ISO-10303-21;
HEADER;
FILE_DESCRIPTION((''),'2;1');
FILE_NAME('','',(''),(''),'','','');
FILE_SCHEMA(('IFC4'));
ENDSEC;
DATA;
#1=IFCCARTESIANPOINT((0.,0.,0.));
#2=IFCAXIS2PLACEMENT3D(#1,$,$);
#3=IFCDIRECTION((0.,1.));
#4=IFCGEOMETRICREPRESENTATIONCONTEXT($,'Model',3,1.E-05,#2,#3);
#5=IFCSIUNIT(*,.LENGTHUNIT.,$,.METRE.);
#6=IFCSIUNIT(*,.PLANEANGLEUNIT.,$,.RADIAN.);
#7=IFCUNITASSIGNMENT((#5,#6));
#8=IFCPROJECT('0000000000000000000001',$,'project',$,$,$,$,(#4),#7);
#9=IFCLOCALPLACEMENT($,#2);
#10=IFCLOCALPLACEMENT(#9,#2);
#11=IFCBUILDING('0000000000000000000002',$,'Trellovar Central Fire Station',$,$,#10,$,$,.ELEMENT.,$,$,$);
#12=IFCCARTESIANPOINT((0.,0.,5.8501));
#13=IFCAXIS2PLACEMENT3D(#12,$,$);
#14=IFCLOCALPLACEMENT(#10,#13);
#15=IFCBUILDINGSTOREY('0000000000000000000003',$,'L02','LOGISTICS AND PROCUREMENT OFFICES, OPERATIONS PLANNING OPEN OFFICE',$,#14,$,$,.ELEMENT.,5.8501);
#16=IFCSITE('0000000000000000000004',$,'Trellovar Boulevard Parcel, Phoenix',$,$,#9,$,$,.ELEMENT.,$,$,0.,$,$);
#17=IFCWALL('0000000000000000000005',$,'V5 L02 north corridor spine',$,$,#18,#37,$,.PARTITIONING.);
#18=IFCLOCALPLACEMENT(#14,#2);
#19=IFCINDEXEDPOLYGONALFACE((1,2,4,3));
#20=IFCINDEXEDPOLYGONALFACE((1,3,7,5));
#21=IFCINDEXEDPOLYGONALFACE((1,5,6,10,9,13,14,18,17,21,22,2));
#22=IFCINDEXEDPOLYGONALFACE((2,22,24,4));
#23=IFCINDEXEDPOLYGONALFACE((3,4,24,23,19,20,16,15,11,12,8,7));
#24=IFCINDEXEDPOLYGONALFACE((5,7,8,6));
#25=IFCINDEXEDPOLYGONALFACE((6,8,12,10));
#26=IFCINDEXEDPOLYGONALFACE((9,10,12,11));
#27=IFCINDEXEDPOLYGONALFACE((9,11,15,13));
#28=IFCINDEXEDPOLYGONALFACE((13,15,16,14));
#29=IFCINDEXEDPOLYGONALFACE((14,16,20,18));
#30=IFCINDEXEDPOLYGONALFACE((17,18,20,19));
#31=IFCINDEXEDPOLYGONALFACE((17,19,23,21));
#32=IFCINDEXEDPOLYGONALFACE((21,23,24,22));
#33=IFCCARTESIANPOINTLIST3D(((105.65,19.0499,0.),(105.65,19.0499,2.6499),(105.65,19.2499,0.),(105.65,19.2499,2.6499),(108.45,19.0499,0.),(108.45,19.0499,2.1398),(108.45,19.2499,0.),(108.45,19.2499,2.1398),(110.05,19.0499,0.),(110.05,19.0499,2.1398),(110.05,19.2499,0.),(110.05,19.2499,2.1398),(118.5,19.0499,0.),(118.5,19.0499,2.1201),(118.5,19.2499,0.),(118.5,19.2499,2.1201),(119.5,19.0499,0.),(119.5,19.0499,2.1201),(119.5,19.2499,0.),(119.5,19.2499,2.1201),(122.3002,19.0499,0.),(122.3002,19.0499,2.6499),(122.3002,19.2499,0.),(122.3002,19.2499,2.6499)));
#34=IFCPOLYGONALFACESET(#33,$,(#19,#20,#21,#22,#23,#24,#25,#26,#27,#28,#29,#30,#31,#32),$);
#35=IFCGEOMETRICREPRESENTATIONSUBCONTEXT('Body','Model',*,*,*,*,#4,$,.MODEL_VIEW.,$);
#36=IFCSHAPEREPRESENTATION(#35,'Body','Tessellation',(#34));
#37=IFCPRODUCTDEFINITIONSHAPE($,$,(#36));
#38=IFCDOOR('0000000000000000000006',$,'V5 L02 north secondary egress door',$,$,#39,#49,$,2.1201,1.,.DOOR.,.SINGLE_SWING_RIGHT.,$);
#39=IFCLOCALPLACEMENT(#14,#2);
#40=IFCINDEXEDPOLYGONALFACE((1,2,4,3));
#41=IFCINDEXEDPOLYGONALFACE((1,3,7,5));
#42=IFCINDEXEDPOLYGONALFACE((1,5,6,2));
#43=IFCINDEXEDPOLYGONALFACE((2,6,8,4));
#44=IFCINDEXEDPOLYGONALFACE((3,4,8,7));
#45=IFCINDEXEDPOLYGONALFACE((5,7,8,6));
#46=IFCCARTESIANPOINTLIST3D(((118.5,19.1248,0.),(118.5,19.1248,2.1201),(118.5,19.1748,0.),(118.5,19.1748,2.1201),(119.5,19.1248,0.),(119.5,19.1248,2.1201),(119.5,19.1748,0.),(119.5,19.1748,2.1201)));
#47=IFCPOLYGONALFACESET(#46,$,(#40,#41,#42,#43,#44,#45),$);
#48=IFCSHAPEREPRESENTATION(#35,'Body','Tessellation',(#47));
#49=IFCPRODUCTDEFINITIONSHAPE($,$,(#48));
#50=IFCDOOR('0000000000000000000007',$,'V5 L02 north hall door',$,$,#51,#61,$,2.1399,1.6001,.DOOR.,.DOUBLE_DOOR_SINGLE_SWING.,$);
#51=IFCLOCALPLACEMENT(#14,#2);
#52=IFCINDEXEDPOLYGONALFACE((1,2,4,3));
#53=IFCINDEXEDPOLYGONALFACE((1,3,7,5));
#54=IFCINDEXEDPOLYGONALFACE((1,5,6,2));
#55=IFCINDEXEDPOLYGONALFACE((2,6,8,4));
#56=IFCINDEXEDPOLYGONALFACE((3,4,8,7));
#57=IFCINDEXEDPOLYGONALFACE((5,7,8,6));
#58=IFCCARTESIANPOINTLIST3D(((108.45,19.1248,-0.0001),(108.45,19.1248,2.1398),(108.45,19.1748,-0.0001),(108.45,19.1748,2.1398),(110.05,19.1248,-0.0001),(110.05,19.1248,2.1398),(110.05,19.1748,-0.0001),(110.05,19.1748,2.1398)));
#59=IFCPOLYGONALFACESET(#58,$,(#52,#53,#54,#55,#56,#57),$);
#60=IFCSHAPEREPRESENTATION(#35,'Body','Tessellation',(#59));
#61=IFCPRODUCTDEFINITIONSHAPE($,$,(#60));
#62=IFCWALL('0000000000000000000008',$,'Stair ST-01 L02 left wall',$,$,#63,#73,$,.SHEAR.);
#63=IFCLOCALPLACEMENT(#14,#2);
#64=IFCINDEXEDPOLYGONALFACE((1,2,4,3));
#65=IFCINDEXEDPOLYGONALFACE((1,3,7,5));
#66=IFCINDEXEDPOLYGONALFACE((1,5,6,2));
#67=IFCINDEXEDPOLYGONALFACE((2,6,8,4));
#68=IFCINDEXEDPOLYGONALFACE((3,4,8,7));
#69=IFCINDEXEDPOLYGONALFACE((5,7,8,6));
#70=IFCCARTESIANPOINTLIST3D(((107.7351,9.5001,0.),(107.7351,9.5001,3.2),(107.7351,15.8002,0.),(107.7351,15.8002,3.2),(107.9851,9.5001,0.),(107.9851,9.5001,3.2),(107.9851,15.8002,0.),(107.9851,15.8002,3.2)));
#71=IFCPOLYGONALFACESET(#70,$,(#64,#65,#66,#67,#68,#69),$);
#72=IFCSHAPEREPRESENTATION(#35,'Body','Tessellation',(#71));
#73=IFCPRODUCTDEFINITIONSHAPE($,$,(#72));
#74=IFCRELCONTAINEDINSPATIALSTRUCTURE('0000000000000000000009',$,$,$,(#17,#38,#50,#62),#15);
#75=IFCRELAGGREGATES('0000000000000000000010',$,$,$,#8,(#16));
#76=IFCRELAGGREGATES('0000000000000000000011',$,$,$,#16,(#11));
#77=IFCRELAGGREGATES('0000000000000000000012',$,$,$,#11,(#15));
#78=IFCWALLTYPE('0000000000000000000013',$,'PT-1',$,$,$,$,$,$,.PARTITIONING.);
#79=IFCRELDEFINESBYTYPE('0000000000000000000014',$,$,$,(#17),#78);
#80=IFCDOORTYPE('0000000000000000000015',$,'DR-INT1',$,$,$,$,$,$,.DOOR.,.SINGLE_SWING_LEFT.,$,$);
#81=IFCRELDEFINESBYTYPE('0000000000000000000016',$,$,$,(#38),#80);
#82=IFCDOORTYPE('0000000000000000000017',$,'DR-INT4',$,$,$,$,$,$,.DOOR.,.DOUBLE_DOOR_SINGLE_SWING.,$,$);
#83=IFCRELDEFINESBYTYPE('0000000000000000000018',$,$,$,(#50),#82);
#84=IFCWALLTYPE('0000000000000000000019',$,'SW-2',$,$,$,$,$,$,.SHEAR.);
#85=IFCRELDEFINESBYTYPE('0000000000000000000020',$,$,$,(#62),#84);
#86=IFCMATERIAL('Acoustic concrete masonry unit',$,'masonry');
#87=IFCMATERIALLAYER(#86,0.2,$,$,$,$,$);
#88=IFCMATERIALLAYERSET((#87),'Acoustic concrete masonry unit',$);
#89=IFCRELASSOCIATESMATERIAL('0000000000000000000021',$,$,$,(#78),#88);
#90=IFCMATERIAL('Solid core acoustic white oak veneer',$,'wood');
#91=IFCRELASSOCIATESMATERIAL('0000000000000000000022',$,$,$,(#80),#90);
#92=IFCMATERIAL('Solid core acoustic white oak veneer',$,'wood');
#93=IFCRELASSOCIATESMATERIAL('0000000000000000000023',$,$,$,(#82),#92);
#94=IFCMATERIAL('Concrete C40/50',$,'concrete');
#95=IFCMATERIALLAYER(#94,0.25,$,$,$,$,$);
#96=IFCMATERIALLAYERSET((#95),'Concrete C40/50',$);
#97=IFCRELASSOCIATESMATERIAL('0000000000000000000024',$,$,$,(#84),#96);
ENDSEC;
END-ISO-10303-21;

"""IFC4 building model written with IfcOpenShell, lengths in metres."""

from ifc_helpers import new_model, si_unit, direction, frame, frame_2d, origin, place, context, subcontext, project, spatial, rectangle, extrude, material, layer, layer_set, type_object, element, fill, save


model = new_model("IFC4")

# Units and contexts
model_context = context("Model", 3, precision=1e-05, world=origin(), true_north=direction((0.0, 1.0)))
body_context = subcontext(model_context, "Body", "Model", "MODEL_VIEW")
ifc_project = project(units=[si_unit("LENGTHUNIT", "METRE"), si_unit("PLANEANGLEUNIT", "RADIAN")], contexts=[model_context])

# Site, building, storey
site_placement = place(None, origin())
site = spatial("IfcSite", under=ifc_project, at=site_placement, Name="Trellovar Boulevard Parcel, Phoenix", CompositionType="ELEMENT", RefElevation=0.0)
building_placement = place(site_placement, origin())
building = spatial("IfcBuilding", under=site, at=building_placement, Name="Trellovar Central Fire Station", CompositionType="ELEMENT")
storey_placement = place(building_placement, frame((0.0, 0.0, 5.8501)))
storey = spatial("IfcBuildingStorey", under=building, at=storey_placement, Name="L02", Description="LOGISTICS AND PROCUREMENT OFFICES, OPERATIONS PLANNING OPEN OFFICE", CompositionType="ELEMENT", Elevation=5.8501)

# Shared definitions
ifc_material_1 = material(Name="Acoustic concrete masonry unit", Category="masonry")
ifc_layer_1 = layer(ifc_material_1, 0.2)
ifc_layer_set_1 = layer_set([ifc_layer_1], Name="Acoustic concrete masonry unit")
wall_type_1 = type_object("IfcWallType", Name="PT-1", PredefinedType="PARTITIONING", material=ifc_layer_set_1)

# Wall, openings, doors
wall_1_placement = place(storey_placement, frame((105.6499, 19.1499, 0.0), z_axis=(0.0, 0.0, 1.0), x_axis=(1.0, 0.0, 0.0)))
wall_1 = element("IfcWall", 1, at=wall_1_placement, inside=storey, type_object=wall_type_1, Name="V5 L02 north corridor spine", PredefinedType="PARTITIONING", context=body_context, shape_type="SweptSolid", body=[
    extrude(rectangle(XDim=16.6501, YDim=0.2, at=frame_2d((8.3252, 0.0))), origin(), (0.0, 0.0, 1.0), 2.6499),
])
opening_1_placement = place(wall_1_placement, frame((2.8, 0.0, 0.0)))
opening_1 = element("IfcOpeningElement", 2, at=opening_1_placement, cuts=wall_1, PredefinedType="OPENING", context=body_context, shape_type="SweptSolid", body=[
    extrude(rectangle(XDim=1.6001, YDim=2.1399, at=frame_2d((0.8, 1.0698))), frame((0.0, 0.1099, 0.0), z_axis=(0.0, -1.0, 0.0), x_axis=(1.0, 0.0, 0.0)), (0.0, 0.0, 1.0), 0.22),
])
opening_2_placement = place(wall_1_placement, frame((12.8501, 0.0, 0.0)))
opening_2 = element("IfcOpeningElement", 3, at=opening_2_placement, cuts=wall_1, PredefinedType="OPENING", context=body_context, shape_type="SweptSolid", body=[
    extrude(rectangle(XDim=1.0, YDim=2.1201, at=frame_2d((0.5, 1.0601))), frame((0.0, 0.1099, 0.0), z_axis=(0.0, -1.0, 0.0), x_axis=(1.0, 0.0, 0.0)), (0.0, 0.0, 1.0), 0.22),
])
ifc_material_2 = material(Name="Solid core acoustic white oak veneer", Category="wood")
door_type_1 = type_object("IfcDoorType", Name="DR-INT1", OperationType="SINGLE_SWING_LEFT", PredefinedType="DOOR", material=ifc_material_2)
door_1_placement = place(opening_2_placement, origin())
door_1 = element("IfcDoor", 4, at=door_1_placement, inside=storey, type_object=door_type_1, Name="V5 L02 north secondary egress door", OperationType="SINGLE_SWING_RIGHT", OverallHeight=2.1201, OverallWidth=1.0, PredefinedType="DOOR", context=body_context, shape_type="SweptSolid", body=[
    extrude(rectangle(XDim=1.0, YDim=2.1201, at=frame_2d((0.5, 1.0601))), frame((0.0, 0.0249, 0.0), z_axis=(0.0, -1.0, 0.0), x_axis=(1.0, 0.0, 0.0)), (0.0, 0.0, 1.0), 0.05),
])
fill(opening_2, door_1)
ifc_material_3 = material(Name="Solid core acoustic white oak veneer", Category="wood")
door_type_2 = type_object("IfcDoorType", Name="DR-INT4", OperationType="DOUBLE_DOOR_SINGLE_SWING", PredefinedType="DOOR", material=ifc_material_3)
door_2_placement = place(opening_1_placement, origin())
door_2 = element("IfcDoor", 5, at=door_2_placement, inside=storey, type_object=door_type_2, Name="V5 L02 north hall door", OperationType="DOUBLE_DOOR_SINGLE_SWING", OverallHeight=2.1399, OverallWidth=1.6001, PredefinedType="DOOR", context=body_context, shape_type="SweptSolid", body=[
    extrude(rectangle(XDim=1.6001, YDim=2.1399, at=frame_2d((0.8, 1.0698))), frame((0.0, 0.0249, 0.0), z_axis=(0.0, -1.0, 0.0), x_axis=(1.0, 0.0, 0.0)), (0.0, 0.0, 1.0), 0.05),
])
fill(opening_1, door_2)

# Wall
ifc_material_4 = material(Name="Concrete C40/50", Category="concrete")
ifc_layer_2 = layer(ifc_material_4, 0.25)
ifc_layer_set_2 = layer_set([ifc_layer_2], Name="Concrete C40/50")
wall_type_2 = type_object("IfcWallType", Name="SW-2", PredefinedType="SHEAR", material=ifc_layer_set_2)
wall_2_placement = place(storey_placement, frame((107.8601, 15.8, 0.0), z_axis=(0.0, 0.0, 1.0), x_axis=(0.0, -1.0, 0.0)))
element("IfcWall", 6, at=wall_2_placement, inside=storey, type_object=wall_type_2, Name="Stair ST-01 L02 left wall", PredefinedType="SHEAR", context=body_context, shape_type="SweptSolid", body=[
    extrude(rectangle(XDim=6.3, YDim=0.25, at=frame_2d((3.1499, 0.0))), origin(), (0.0, 0.0, 1.0), 3.2),
])

save(model, "model.ifc")
